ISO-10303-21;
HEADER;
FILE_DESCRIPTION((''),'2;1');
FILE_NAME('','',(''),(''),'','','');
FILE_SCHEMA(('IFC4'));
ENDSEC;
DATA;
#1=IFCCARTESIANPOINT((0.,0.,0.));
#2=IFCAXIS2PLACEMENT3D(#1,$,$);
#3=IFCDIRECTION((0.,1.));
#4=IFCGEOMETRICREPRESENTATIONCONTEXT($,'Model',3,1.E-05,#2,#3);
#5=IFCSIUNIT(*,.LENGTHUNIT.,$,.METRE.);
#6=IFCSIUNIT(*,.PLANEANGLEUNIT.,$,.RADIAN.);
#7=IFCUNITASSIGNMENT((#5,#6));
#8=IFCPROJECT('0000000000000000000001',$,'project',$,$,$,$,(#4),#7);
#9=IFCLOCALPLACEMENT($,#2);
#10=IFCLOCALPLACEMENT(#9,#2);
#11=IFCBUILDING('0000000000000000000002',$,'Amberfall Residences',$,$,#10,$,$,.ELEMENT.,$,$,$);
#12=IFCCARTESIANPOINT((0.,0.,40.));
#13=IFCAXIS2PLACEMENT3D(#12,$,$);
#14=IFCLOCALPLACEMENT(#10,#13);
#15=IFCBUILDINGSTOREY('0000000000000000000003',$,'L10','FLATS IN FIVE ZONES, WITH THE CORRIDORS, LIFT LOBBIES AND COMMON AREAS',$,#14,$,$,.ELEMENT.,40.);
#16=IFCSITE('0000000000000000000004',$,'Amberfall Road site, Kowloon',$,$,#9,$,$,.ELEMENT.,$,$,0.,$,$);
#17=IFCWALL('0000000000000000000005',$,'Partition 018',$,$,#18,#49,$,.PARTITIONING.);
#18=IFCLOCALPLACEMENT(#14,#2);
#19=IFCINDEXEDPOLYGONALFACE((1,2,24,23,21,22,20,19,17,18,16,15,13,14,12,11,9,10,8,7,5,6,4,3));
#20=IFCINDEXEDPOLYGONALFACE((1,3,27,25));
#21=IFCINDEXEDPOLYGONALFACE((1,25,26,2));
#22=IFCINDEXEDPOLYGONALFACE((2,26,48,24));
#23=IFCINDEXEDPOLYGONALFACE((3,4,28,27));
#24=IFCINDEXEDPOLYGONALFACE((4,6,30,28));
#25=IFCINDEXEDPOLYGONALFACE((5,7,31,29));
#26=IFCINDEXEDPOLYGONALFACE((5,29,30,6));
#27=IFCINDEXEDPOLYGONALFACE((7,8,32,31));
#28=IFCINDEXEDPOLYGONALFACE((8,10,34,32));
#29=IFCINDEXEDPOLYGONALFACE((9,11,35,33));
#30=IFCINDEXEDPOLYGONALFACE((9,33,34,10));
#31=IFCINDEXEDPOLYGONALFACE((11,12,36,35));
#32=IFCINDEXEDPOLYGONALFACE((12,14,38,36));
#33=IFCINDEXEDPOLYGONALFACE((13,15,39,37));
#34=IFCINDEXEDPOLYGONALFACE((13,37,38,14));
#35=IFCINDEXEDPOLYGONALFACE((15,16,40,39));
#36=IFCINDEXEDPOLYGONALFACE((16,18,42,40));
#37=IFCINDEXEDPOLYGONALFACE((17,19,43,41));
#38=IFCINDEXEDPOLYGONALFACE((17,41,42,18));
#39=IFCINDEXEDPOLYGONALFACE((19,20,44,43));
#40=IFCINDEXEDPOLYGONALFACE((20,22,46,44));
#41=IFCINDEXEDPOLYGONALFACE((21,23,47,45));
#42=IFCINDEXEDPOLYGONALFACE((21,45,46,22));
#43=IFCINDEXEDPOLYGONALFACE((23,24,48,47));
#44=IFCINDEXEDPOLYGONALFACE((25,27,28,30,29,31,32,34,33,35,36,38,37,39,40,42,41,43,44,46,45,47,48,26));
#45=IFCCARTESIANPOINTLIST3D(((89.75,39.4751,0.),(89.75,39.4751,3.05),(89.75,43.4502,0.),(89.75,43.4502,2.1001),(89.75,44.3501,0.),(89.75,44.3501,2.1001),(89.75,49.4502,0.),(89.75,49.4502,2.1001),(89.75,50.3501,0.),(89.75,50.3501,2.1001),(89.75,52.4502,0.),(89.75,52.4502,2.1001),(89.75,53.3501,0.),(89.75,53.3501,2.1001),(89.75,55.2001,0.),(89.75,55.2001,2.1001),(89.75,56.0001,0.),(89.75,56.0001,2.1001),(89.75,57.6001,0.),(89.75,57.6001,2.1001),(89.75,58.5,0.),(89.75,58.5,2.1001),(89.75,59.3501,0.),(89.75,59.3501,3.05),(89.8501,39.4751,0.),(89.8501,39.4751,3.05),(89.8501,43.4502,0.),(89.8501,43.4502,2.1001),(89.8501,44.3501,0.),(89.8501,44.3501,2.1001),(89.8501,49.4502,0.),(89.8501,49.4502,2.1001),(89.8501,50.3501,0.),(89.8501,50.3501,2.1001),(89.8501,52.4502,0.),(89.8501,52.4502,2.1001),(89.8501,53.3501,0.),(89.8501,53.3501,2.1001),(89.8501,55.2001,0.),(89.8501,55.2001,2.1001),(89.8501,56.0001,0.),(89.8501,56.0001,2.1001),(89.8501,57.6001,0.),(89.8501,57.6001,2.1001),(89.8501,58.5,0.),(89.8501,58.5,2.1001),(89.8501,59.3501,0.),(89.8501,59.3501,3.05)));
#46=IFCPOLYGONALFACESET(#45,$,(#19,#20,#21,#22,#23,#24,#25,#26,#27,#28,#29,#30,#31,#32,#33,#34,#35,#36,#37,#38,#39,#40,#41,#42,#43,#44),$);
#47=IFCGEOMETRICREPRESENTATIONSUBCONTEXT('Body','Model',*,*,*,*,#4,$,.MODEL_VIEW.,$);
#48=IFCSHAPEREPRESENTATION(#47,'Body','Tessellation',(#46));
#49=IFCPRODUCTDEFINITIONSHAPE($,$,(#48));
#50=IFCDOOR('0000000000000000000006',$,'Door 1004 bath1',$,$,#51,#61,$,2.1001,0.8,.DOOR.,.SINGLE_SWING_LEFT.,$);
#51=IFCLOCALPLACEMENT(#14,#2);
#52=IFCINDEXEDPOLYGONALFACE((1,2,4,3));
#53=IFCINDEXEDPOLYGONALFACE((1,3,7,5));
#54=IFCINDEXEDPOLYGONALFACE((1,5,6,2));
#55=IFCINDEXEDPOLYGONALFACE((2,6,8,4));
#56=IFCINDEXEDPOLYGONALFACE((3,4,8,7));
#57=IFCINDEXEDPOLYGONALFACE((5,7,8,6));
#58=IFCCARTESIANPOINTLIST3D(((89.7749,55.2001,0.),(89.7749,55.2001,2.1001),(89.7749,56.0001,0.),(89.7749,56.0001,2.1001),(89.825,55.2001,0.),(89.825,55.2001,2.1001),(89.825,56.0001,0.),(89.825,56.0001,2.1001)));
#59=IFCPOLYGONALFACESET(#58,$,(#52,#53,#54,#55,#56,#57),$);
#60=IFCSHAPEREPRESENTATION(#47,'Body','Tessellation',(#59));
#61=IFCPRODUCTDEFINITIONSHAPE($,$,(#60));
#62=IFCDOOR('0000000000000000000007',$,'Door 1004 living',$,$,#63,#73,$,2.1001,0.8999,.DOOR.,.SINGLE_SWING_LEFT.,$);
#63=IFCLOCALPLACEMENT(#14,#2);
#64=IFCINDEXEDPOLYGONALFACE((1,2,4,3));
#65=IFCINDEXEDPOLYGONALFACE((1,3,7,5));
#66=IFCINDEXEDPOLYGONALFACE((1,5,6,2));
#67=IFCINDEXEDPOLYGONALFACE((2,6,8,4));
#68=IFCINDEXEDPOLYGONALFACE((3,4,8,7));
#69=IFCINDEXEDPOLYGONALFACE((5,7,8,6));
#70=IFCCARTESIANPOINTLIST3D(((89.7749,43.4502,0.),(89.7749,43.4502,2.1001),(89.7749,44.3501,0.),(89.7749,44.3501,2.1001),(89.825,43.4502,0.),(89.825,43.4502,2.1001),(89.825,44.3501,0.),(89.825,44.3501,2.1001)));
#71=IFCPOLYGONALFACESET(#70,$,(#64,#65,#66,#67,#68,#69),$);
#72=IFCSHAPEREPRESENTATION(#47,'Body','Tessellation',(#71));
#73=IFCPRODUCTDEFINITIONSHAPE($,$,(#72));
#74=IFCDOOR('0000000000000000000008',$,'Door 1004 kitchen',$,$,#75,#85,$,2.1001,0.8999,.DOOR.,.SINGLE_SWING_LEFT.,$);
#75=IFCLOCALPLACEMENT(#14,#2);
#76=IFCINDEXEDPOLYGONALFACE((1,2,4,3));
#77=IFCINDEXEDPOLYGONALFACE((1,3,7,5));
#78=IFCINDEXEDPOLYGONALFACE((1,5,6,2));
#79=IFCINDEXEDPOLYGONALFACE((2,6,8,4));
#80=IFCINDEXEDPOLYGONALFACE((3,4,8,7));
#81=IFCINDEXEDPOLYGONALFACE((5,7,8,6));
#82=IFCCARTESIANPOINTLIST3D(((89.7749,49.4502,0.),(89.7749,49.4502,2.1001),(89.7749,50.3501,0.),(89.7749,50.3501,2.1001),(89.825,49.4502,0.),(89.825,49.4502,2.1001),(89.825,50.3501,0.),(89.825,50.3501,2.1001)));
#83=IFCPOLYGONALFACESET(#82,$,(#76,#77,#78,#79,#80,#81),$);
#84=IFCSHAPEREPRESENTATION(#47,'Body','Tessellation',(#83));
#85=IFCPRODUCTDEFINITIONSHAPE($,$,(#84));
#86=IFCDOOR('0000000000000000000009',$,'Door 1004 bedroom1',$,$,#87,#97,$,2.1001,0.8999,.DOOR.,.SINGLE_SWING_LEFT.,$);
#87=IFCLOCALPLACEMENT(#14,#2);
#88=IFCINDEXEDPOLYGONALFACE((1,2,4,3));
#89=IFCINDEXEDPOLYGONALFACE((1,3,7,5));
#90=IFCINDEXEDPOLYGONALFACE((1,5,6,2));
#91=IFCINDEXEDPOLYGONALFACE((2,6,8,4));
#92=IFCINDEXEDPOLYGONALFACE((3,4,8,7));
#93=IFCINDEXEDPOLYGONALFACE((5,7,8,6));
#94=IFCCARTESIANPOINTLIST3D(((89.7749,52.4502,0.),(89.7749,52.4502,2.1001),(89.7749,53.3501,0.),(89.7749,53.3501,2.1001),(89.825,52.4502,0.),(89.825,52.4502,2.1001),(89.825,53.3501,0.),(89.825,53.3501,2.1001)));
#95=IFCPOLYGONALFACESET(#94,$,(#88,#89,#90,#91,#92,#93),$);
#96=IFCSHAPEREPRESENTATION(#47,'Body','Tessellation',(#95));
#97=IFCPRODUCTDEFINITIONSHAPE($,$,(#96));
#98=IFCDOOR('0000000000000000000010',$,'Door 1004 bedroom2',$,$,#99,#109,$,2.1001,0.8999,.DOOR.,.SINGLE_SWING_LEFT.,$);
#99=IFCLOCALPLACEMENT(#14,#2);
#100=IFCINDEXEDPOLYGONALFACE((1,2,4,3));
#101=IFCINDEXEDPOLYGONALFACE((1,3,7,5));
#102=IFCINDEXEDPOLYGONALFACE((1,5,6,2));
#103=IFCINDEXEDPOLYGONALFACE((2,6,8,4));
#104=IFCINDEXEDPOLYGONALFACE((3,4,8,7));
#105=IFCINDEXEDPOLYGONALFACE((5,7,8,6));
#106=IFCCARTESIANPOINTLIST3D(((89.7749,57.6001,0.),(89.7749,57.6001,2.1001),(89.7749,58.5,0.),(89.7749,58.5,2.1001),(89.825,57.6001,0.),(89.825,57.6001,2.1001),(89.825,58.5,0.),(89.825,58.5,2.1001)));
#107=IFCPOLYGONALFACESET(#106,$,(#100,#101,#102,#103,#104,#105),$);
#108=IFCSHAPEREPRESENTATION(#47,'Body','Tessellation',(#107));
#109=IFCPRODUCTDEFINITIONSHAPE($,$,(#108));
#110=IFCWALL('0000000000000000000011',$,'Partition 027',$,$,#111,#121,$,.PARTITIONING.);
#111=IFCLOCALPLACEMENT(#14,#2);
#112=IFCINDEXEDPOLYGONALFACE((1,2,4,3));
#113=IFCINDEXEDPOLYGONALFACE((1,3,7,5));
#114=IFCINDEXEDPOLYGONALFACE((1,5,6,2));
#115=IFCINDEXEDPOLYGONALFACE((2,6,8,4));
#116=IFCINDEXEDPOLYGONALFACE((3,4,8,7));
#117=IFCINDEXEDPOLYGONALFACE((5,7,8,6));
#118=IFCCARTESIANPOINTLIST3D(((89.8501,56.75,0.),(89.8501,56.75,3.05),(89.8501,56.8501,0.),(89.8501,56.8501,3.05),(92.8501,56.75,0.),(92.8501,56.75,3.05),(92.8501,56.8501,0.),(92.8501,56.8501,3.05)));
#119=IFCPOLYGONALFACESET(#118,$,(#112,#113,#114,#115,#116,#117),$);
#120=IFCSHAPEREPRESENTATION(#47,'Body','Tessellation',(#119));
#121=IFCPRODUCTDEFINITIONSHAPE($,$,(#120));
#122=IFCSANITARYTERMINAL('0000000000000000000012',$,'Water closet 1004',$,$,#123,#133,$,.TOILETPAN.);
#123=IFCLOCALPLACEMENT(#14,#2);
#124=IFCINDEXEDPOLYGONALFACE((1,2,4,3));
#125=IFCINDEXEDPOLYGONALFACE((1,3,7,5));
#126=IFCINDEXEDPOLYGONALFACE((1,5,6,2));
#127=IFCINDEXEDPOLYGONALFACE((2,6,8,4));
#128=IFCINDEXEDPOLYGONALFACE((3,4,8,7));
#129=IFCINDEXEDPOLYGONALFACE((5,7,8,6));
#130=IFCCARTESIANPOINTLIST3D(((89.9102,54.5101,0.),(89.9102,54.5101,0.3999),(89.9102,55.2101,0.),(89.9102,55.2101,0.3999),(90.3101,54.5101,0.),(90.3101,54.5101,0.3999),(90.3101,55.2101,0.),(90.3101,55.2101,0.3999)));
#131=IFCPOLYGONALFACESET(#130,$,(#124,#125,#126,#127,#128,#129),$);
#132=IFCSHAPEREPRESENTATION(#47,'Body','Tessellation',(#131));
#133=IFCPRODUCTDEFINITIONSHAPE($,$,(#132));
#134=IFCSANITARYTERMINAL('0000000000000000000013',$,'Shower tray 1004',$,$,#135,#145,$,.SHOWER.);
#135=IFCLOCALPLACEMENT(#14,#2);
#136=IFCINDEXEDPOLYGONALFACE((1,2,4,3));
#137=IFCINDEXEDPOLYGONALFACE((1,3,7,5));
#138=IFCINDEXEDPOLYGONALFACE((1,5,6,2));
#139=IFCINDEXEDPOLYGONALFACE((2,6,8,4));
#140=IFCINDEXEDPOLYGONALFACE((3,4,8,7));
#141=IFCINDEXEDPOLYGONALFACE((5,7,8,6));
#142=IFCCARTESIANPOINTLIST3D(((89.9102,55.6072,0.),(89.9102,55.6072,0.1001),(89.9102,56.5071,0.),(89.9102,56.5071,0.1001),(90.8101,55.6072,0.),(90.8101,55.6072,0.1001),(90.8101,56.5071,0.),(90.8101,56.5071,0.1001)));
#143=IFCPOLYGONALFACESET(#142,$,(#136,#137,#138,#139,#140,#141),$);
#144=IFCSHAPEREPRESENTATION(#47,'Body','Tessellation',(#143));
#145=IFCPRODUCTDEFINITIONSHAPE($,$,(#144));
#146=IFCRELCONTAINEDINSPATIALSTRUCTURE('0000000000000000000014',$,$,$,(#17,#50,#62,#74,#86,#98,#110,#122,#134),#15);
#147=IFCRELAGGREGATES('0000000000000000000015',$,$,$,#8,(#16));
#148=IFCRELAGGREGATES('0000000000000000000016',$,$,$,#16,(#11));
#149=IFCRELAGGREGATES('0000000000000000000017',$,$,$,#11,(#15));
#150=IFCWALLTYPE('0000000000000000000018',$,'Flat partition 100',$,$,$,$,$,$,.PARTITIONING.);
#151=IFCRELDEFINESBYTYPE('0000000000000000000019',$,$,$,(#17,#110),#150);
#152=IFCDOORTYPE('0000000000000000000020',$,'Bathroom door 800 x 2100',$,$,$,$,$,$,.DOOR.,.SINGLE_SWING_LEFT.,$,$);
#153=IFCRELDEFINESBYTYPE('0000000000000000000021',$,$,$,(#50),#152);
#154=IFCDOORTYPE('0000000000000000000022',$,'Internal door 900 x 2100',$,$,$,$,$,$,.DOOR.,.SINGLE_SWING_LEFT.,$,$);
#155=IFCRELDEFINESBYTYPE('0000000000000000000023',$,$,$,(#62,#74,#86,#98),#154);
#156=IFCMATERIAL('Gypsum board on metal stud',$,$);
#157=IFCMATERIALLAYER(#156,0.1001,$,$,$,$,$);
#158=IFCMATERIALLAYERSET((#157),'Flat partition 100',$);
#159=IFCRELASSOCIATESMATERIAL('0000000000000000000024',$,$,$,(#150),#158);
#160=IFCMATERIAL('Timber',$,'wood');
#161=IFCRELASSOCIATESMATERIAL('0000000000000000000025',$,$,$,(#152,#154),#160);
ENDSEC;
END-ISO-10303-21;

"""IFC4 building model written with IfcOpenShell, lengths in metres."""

from ifc_helpers import new_model, si_unit, direction, frame, frame_2d, origin, origin_2d, place, context, subcontext, project, spatial, rectangle, extrude, material, layer, layer_set, type_object, element, fill, save


model = new_model("IFC4")

# Units and contexts
model_context = context("Model", 3, precision=1e-05, world=origin(), true_north=direction((0.0, 1.0)))
body_context = subcontext(model_context, "Body", "Model", "MODEL_VIEW")
ifc_project = project(units=[si_unit("LENGTHUNIT", "METRE"), si_unit("PLANEANGLEUNIT", "RADIAN")], contexts=[model_context])

# Site, building, storey
site_placement = place(None, origin())
site = spatial("IfcSite", under=ifc_project, at=site_placement, Name="Amberfall Road site, Kowloon", CompositionType="ELEMENT", RefElevation=0.0)
building_placement = place(site_placement, origin())
building = spatial("IfcBuilding", under=site, at=building_placement, Name="Amberfall Residences", CompositionType="ELEMENT")
storey_placement = place(building_placement, frame((0.0, 0.0, 40.0)))
storey = spatial("IfcBuildingStorey", under=building, at=storey_placement, Name="L10", Description="FLATS IN FIVE ZONES, WITH THE CORRIDORS, LIFT LOBBIES AND COMMON AREAS", CompositionType="ELEMENT", Elevation=40.0)

# Wall, openings, doors
ifc_material_1 = material(Name="Gypsum board on metal stud")
ifc_layer_1 = layer(ifc_material_1, 0.1001)
ifc_layer_set_1 = layer_set([ifc_layer_1], Name="Flat partition 100")
wall_type_1 = type_object("IfcWallType", Name="Flat partition 100", PredefinedType="PARTITIONING", material=ifc_layer_set_1)
wall_1_placement = place(storey_placement, frame((89.8, 59.3501, 0.0), z_axis=(0.0, 0.0, 1.0), x_axis=(0.0, -1.0, 0.0)))
wall_1 = element("IfcWall", 1, at=wall_1_placement, inside=storey, type_object=wall_type_1, Name="Partition 018", PredefinedType="PARTITIONING", context=body_context, shape_type="SweptSolid", body=[
    extrude(rectangle(XDim=19.875, YDim=0.1001, at=frame_2d((9.9375, 0.0))), origin(), (0.0, 0.0, 1.0), 3.05),
])
opening_1_placement = place(wall_1_placement, frame((15.0, 0.0, 0.0)))
opening_1 = element("IfcOpeningElement", 2, at=opening_1_placement, cuts=wall_1, PredefinedType="OPENING", context=body_context, shape_type="SweptSolid", body=[
    extrude(rectangle(XDim=0.8999, YDim=2.1001, at=frame_2d((0.45, 1.05))), frame((0.0, 0.0601, 0.0), z_axis=(0.0, -1.0, 0.0), x_axis=(1.0, 0.0, 0.0)), (0.0, 0.0, 1.0), 0.1201),
])
opening_2_placement = place(wall_1_placement, frame((9.0, 0.0, 0.0)))
opening_2 = element("IfcOpeningElement", 3, at=opening_2_placement, cuts=wall_1, PredefinedType="OPENING", context=body_context, shape_type="SweptSolid", body=[
    extrude(rectangle(XDim=0.8999, YDim=2.1001, at=frame_2d((0.45, 1.05))), frame((0.0, 0.0601, 0.0), z_axis=(0.0, -1.0, 0.0), x_axis=(1.0, 0.0, 0.0)), (0.0, 0.0, 1.0), 0.1201),
])
opening_3_placement = place(wall_1_placement, frame((6.0, 0.0, 0.0)))
opening_3 = element("IfcOpeningElement", 4, at=opening_3_placement, cuts=wall_1, PredefinedType="OPENING", context=body_context, shape_type="SweptSolid", body=[
    extrude(rectangle(XDim=0.8999, YDim=2.1001, at=frame_2d((0.45, 1.05))), frame((0.0, 0.0601, 0.0), z_axis=(0.0, -1.0, 0.0), x_axis=(1.0, 0.0, 0.0)), (0.0, 0.0, 1.0), 0.1201),
])
opening_4_placement = place(wall_1_placement, frame((0.8501, 0.0, 0.0)))
opening_4 = element("IfcOpeningElement", 5, at=opening_4_placement, cuts=wall_1, PredefinedType="OPENING", context=body_context, shape_type="SweptSolid", body=[
    extrude(rectangle(XDim=0.8999, YDim=2.1001, at=frame_2d((0.45, 1.05))), frame((0.0, 0.0601, 0.0), z_axis=(0.0, -1.0, 0.0), x_axis=(1.0, 0.0, 0.0)), (0.0, 0.0, 1.0), 0.1201),
])
opening_5_placement = place(wall_1_placement, frame((3.3501, 0.0, 0.0)))
opening_5 = element("IfcOpeningElement", 6, at=opening_5_placement, cuts=wall_1, PredefinedType="OPENING", context=body_context, shape_type="SweptSolid", body=[
    extrude(rectangle(XDim=0.8, YDim=2.1001, at=frame_2d((0.3999, 1.05))), frame((0.0, 0.0601, 0.0), z_axis=(0.0, -1.0, 0.0), x_axis=(1.0, 0.0, 0.0)), (0.0, 0.0, 1.0), 0.1201),
])
ifc_material_2 = material(Name="Timber", Category="wood")
door_type_1 = type_object("IfcDoorType", Name="Bathroom door 800 x 2100", OperationType="SINGLE_SWING_LEFT", PredefinedType="DOOR", material=ifc_material_2)
door_1_placement = place(opening_5_placement, origin())
door_1 = element("IfcDoor", 7, at=door_1_placement, inside=storey, type_object=door_type_1, Name="Door 1004 bath1", OperationType="SINGLE_SWING_LEFT", OverallHeight=2.1001, OverallWidth=0.8, PredefinedType="DOOR", context=body_context, shape_type="SweptSolid", body=[
    extrude(rectangle(XDim=0.8, YDim=2.1001, at=frame_2d((0.3999, 1.05))), frame((0.0, 0.0249, 0.0), z_axis=(0.0, -1.0, 0.0), x_axis=(1.0, 0.0, 0.0)), (0.0, 0.0, 1.0), 0.05),
])
fill(opening_5, door_1)
door_type_2 = type_object("IfcDoorType", Name="Internal door 900 x 2100", OperationType="SINGLE_SWING_LEFT", PredefinedType="DOOR", material=ifc_material_2)
door_2_placement = place(opening_1_placement, origin())
door_2 = element("IfcDoor", 8, at=door_2_placement, inside=storey, type_object=door_type_2, Name="Door 1004 living", OperationType="SINGLE_SWING_LEFT", OverallHeight=2.1001, OverallWidth=0.8999, PredefinedType="DOOR", context=body_context, shape_type="SweptSolid", body=[
    extrude(rectangle(XDim=0.8999, YDim=2.1001, at=frame_2d((0.45, 1.05))), frame((0.0, 0.0249, 0.0), z_axis=(0.0, -1.0, 0.0), x_axis=(1.0, 0.0, 0.0)), (0.0, 0.0, 1.0), 0.05),
])
fill(opening_1, door_2)
door_3_placement = place(opening_2_placement, origin())
door_3 = element("IfcDoor", 9, at=door_3_placement, inside=storey, type_object=door_type_2, Name="Door 1004 kitchen", OperationType="SINGLE_SWING_LEFT", OverallHeight=2.1001, OverallWidth=0.8999, PredefinedType="DOOR", context=body_context, shape_type="SweptSolid", body=[
    extrude(rectangle(XDim=0.8999, YDim=2.1001, at=frame_2d((0.45, 1.05))), frame((0.0, 0.0249, 0.0), z_axis=(0.0, -1.0, 0.0), x_axis=(1.0, 0.0, 0.0)), (0.0, 0.0, 1.0), 0.05),
])
fill(opening_2, door_3)
door_4_placement = place(opening_3_placement, origin())
door_4 = element("IfcDoor", 10, at=door_4_placement, inside=storey, type_object=door_type_2, Name="Door 1004 bedroom1", OperationType="SINGLE_SWING_LEFT", OverallHeight=2.1001, OverallWidth=0.8999, PredefinedType="DOOR", context=body_context, shape_type="SweptSolid", body=[
    extrude(rectangle(XDim=0.8999, YDim=2.1001, at=frame_2d((0.45, 1.05))), frame((0.0, 0.0249, 0.0), z_axis=(0.0, -1.0, 0.0), x_axis=(1.0, 0.0, 0.0)), (0.0, 0.0, 1.0), 0.05),
])
fill(opening_3, door_4)
door_5_placement = place(opening_4_placement, origin())
door_5 = element("IfcDoor", 11, at=door_5_placement, inside=storey, type_object=door_type_2, Name="Door 1004 bedroom2", OperationType="SINGLE_SWING_LEFT", OverallHeight=2.1001, OverallWidth=0.8999, PredefinedType="DOOR", context=body_context, shape_type="SweptSolid", body=[
    extrude(rectangle(XDim=0.8999, YDim=2.1001, at=frame_2d((0.45, 1.05))), frame((0.0, 0.0249, 0.0), z_axis=(0.0, -1.0, 0.0), x_axis=(1.0, 0.0, 0.0)), (0.0, 0.0, 1.0), 0.05),
])
fill(opening_4, door_5)

# Wall
wall_2_placement = place(storey_placement, frame((89.8501, 56.8, 0.0), z_axis=(0.0, 0.0, 1.0), x_axis=(1.0, 0.0, 0.0)))
element("IfcWall", 12, at=wall_2_placement, inside=storey, type_object=wall_type_1, Name="Partition 027", PredefinedType="PARTITIONING", context=body_context, shape_type="SweptSolid", body=[
    extrude(rectangle(XDim=3.0, YDim=0.1001, at=frame_2d((1.5, 0.0))), origin(), (0.0, 0.0, 1.0), 3.05),
])

# Sanitary terminals
sanitary_terminal_1_placement = place(storey_placement, frame((90.1101, 54.8601, 0.0), z_axis=(0.0, 0.0, 1.0), x_axis=(1.0, 0.0, 0.0)))
element("IfcSanitaryTerminal", 13, at=sanitary_terminal_1_placement, inside=storey, Name="Water closet 1004", PredefinedType="TOILETPAN", context=body_context, shape_type="SweptSolid", body=[
    extrude(rectangle(XDim=0.3999, YDim=0.7, at=origin_2d()), origin(), (0.0, 0.0, 1.0), 0.3999),
])
sanitary_terminal_2_placement = place(storey_placement, frame((90.3601, 56.0571, 0.0), z_axis=(0.0, 0.0, 1.0), x_axis=(1.0, 0.0, 0.0)))
element("IfcSanitaryTerminal", 14, at=sanitary_terminal_2_placement, inside=storey, Name="Shower tray 1004", PredefinedType="SHOWER", context=body_context, shape_type="SweptSolid", body=[
    extrude(rectangle(XDim=0.8999, YDim=0.8999, at=origin_2d()), origin(), (0.0, 0.0, 1.0), 0.1001),
])

save(model, "model.ifc")
